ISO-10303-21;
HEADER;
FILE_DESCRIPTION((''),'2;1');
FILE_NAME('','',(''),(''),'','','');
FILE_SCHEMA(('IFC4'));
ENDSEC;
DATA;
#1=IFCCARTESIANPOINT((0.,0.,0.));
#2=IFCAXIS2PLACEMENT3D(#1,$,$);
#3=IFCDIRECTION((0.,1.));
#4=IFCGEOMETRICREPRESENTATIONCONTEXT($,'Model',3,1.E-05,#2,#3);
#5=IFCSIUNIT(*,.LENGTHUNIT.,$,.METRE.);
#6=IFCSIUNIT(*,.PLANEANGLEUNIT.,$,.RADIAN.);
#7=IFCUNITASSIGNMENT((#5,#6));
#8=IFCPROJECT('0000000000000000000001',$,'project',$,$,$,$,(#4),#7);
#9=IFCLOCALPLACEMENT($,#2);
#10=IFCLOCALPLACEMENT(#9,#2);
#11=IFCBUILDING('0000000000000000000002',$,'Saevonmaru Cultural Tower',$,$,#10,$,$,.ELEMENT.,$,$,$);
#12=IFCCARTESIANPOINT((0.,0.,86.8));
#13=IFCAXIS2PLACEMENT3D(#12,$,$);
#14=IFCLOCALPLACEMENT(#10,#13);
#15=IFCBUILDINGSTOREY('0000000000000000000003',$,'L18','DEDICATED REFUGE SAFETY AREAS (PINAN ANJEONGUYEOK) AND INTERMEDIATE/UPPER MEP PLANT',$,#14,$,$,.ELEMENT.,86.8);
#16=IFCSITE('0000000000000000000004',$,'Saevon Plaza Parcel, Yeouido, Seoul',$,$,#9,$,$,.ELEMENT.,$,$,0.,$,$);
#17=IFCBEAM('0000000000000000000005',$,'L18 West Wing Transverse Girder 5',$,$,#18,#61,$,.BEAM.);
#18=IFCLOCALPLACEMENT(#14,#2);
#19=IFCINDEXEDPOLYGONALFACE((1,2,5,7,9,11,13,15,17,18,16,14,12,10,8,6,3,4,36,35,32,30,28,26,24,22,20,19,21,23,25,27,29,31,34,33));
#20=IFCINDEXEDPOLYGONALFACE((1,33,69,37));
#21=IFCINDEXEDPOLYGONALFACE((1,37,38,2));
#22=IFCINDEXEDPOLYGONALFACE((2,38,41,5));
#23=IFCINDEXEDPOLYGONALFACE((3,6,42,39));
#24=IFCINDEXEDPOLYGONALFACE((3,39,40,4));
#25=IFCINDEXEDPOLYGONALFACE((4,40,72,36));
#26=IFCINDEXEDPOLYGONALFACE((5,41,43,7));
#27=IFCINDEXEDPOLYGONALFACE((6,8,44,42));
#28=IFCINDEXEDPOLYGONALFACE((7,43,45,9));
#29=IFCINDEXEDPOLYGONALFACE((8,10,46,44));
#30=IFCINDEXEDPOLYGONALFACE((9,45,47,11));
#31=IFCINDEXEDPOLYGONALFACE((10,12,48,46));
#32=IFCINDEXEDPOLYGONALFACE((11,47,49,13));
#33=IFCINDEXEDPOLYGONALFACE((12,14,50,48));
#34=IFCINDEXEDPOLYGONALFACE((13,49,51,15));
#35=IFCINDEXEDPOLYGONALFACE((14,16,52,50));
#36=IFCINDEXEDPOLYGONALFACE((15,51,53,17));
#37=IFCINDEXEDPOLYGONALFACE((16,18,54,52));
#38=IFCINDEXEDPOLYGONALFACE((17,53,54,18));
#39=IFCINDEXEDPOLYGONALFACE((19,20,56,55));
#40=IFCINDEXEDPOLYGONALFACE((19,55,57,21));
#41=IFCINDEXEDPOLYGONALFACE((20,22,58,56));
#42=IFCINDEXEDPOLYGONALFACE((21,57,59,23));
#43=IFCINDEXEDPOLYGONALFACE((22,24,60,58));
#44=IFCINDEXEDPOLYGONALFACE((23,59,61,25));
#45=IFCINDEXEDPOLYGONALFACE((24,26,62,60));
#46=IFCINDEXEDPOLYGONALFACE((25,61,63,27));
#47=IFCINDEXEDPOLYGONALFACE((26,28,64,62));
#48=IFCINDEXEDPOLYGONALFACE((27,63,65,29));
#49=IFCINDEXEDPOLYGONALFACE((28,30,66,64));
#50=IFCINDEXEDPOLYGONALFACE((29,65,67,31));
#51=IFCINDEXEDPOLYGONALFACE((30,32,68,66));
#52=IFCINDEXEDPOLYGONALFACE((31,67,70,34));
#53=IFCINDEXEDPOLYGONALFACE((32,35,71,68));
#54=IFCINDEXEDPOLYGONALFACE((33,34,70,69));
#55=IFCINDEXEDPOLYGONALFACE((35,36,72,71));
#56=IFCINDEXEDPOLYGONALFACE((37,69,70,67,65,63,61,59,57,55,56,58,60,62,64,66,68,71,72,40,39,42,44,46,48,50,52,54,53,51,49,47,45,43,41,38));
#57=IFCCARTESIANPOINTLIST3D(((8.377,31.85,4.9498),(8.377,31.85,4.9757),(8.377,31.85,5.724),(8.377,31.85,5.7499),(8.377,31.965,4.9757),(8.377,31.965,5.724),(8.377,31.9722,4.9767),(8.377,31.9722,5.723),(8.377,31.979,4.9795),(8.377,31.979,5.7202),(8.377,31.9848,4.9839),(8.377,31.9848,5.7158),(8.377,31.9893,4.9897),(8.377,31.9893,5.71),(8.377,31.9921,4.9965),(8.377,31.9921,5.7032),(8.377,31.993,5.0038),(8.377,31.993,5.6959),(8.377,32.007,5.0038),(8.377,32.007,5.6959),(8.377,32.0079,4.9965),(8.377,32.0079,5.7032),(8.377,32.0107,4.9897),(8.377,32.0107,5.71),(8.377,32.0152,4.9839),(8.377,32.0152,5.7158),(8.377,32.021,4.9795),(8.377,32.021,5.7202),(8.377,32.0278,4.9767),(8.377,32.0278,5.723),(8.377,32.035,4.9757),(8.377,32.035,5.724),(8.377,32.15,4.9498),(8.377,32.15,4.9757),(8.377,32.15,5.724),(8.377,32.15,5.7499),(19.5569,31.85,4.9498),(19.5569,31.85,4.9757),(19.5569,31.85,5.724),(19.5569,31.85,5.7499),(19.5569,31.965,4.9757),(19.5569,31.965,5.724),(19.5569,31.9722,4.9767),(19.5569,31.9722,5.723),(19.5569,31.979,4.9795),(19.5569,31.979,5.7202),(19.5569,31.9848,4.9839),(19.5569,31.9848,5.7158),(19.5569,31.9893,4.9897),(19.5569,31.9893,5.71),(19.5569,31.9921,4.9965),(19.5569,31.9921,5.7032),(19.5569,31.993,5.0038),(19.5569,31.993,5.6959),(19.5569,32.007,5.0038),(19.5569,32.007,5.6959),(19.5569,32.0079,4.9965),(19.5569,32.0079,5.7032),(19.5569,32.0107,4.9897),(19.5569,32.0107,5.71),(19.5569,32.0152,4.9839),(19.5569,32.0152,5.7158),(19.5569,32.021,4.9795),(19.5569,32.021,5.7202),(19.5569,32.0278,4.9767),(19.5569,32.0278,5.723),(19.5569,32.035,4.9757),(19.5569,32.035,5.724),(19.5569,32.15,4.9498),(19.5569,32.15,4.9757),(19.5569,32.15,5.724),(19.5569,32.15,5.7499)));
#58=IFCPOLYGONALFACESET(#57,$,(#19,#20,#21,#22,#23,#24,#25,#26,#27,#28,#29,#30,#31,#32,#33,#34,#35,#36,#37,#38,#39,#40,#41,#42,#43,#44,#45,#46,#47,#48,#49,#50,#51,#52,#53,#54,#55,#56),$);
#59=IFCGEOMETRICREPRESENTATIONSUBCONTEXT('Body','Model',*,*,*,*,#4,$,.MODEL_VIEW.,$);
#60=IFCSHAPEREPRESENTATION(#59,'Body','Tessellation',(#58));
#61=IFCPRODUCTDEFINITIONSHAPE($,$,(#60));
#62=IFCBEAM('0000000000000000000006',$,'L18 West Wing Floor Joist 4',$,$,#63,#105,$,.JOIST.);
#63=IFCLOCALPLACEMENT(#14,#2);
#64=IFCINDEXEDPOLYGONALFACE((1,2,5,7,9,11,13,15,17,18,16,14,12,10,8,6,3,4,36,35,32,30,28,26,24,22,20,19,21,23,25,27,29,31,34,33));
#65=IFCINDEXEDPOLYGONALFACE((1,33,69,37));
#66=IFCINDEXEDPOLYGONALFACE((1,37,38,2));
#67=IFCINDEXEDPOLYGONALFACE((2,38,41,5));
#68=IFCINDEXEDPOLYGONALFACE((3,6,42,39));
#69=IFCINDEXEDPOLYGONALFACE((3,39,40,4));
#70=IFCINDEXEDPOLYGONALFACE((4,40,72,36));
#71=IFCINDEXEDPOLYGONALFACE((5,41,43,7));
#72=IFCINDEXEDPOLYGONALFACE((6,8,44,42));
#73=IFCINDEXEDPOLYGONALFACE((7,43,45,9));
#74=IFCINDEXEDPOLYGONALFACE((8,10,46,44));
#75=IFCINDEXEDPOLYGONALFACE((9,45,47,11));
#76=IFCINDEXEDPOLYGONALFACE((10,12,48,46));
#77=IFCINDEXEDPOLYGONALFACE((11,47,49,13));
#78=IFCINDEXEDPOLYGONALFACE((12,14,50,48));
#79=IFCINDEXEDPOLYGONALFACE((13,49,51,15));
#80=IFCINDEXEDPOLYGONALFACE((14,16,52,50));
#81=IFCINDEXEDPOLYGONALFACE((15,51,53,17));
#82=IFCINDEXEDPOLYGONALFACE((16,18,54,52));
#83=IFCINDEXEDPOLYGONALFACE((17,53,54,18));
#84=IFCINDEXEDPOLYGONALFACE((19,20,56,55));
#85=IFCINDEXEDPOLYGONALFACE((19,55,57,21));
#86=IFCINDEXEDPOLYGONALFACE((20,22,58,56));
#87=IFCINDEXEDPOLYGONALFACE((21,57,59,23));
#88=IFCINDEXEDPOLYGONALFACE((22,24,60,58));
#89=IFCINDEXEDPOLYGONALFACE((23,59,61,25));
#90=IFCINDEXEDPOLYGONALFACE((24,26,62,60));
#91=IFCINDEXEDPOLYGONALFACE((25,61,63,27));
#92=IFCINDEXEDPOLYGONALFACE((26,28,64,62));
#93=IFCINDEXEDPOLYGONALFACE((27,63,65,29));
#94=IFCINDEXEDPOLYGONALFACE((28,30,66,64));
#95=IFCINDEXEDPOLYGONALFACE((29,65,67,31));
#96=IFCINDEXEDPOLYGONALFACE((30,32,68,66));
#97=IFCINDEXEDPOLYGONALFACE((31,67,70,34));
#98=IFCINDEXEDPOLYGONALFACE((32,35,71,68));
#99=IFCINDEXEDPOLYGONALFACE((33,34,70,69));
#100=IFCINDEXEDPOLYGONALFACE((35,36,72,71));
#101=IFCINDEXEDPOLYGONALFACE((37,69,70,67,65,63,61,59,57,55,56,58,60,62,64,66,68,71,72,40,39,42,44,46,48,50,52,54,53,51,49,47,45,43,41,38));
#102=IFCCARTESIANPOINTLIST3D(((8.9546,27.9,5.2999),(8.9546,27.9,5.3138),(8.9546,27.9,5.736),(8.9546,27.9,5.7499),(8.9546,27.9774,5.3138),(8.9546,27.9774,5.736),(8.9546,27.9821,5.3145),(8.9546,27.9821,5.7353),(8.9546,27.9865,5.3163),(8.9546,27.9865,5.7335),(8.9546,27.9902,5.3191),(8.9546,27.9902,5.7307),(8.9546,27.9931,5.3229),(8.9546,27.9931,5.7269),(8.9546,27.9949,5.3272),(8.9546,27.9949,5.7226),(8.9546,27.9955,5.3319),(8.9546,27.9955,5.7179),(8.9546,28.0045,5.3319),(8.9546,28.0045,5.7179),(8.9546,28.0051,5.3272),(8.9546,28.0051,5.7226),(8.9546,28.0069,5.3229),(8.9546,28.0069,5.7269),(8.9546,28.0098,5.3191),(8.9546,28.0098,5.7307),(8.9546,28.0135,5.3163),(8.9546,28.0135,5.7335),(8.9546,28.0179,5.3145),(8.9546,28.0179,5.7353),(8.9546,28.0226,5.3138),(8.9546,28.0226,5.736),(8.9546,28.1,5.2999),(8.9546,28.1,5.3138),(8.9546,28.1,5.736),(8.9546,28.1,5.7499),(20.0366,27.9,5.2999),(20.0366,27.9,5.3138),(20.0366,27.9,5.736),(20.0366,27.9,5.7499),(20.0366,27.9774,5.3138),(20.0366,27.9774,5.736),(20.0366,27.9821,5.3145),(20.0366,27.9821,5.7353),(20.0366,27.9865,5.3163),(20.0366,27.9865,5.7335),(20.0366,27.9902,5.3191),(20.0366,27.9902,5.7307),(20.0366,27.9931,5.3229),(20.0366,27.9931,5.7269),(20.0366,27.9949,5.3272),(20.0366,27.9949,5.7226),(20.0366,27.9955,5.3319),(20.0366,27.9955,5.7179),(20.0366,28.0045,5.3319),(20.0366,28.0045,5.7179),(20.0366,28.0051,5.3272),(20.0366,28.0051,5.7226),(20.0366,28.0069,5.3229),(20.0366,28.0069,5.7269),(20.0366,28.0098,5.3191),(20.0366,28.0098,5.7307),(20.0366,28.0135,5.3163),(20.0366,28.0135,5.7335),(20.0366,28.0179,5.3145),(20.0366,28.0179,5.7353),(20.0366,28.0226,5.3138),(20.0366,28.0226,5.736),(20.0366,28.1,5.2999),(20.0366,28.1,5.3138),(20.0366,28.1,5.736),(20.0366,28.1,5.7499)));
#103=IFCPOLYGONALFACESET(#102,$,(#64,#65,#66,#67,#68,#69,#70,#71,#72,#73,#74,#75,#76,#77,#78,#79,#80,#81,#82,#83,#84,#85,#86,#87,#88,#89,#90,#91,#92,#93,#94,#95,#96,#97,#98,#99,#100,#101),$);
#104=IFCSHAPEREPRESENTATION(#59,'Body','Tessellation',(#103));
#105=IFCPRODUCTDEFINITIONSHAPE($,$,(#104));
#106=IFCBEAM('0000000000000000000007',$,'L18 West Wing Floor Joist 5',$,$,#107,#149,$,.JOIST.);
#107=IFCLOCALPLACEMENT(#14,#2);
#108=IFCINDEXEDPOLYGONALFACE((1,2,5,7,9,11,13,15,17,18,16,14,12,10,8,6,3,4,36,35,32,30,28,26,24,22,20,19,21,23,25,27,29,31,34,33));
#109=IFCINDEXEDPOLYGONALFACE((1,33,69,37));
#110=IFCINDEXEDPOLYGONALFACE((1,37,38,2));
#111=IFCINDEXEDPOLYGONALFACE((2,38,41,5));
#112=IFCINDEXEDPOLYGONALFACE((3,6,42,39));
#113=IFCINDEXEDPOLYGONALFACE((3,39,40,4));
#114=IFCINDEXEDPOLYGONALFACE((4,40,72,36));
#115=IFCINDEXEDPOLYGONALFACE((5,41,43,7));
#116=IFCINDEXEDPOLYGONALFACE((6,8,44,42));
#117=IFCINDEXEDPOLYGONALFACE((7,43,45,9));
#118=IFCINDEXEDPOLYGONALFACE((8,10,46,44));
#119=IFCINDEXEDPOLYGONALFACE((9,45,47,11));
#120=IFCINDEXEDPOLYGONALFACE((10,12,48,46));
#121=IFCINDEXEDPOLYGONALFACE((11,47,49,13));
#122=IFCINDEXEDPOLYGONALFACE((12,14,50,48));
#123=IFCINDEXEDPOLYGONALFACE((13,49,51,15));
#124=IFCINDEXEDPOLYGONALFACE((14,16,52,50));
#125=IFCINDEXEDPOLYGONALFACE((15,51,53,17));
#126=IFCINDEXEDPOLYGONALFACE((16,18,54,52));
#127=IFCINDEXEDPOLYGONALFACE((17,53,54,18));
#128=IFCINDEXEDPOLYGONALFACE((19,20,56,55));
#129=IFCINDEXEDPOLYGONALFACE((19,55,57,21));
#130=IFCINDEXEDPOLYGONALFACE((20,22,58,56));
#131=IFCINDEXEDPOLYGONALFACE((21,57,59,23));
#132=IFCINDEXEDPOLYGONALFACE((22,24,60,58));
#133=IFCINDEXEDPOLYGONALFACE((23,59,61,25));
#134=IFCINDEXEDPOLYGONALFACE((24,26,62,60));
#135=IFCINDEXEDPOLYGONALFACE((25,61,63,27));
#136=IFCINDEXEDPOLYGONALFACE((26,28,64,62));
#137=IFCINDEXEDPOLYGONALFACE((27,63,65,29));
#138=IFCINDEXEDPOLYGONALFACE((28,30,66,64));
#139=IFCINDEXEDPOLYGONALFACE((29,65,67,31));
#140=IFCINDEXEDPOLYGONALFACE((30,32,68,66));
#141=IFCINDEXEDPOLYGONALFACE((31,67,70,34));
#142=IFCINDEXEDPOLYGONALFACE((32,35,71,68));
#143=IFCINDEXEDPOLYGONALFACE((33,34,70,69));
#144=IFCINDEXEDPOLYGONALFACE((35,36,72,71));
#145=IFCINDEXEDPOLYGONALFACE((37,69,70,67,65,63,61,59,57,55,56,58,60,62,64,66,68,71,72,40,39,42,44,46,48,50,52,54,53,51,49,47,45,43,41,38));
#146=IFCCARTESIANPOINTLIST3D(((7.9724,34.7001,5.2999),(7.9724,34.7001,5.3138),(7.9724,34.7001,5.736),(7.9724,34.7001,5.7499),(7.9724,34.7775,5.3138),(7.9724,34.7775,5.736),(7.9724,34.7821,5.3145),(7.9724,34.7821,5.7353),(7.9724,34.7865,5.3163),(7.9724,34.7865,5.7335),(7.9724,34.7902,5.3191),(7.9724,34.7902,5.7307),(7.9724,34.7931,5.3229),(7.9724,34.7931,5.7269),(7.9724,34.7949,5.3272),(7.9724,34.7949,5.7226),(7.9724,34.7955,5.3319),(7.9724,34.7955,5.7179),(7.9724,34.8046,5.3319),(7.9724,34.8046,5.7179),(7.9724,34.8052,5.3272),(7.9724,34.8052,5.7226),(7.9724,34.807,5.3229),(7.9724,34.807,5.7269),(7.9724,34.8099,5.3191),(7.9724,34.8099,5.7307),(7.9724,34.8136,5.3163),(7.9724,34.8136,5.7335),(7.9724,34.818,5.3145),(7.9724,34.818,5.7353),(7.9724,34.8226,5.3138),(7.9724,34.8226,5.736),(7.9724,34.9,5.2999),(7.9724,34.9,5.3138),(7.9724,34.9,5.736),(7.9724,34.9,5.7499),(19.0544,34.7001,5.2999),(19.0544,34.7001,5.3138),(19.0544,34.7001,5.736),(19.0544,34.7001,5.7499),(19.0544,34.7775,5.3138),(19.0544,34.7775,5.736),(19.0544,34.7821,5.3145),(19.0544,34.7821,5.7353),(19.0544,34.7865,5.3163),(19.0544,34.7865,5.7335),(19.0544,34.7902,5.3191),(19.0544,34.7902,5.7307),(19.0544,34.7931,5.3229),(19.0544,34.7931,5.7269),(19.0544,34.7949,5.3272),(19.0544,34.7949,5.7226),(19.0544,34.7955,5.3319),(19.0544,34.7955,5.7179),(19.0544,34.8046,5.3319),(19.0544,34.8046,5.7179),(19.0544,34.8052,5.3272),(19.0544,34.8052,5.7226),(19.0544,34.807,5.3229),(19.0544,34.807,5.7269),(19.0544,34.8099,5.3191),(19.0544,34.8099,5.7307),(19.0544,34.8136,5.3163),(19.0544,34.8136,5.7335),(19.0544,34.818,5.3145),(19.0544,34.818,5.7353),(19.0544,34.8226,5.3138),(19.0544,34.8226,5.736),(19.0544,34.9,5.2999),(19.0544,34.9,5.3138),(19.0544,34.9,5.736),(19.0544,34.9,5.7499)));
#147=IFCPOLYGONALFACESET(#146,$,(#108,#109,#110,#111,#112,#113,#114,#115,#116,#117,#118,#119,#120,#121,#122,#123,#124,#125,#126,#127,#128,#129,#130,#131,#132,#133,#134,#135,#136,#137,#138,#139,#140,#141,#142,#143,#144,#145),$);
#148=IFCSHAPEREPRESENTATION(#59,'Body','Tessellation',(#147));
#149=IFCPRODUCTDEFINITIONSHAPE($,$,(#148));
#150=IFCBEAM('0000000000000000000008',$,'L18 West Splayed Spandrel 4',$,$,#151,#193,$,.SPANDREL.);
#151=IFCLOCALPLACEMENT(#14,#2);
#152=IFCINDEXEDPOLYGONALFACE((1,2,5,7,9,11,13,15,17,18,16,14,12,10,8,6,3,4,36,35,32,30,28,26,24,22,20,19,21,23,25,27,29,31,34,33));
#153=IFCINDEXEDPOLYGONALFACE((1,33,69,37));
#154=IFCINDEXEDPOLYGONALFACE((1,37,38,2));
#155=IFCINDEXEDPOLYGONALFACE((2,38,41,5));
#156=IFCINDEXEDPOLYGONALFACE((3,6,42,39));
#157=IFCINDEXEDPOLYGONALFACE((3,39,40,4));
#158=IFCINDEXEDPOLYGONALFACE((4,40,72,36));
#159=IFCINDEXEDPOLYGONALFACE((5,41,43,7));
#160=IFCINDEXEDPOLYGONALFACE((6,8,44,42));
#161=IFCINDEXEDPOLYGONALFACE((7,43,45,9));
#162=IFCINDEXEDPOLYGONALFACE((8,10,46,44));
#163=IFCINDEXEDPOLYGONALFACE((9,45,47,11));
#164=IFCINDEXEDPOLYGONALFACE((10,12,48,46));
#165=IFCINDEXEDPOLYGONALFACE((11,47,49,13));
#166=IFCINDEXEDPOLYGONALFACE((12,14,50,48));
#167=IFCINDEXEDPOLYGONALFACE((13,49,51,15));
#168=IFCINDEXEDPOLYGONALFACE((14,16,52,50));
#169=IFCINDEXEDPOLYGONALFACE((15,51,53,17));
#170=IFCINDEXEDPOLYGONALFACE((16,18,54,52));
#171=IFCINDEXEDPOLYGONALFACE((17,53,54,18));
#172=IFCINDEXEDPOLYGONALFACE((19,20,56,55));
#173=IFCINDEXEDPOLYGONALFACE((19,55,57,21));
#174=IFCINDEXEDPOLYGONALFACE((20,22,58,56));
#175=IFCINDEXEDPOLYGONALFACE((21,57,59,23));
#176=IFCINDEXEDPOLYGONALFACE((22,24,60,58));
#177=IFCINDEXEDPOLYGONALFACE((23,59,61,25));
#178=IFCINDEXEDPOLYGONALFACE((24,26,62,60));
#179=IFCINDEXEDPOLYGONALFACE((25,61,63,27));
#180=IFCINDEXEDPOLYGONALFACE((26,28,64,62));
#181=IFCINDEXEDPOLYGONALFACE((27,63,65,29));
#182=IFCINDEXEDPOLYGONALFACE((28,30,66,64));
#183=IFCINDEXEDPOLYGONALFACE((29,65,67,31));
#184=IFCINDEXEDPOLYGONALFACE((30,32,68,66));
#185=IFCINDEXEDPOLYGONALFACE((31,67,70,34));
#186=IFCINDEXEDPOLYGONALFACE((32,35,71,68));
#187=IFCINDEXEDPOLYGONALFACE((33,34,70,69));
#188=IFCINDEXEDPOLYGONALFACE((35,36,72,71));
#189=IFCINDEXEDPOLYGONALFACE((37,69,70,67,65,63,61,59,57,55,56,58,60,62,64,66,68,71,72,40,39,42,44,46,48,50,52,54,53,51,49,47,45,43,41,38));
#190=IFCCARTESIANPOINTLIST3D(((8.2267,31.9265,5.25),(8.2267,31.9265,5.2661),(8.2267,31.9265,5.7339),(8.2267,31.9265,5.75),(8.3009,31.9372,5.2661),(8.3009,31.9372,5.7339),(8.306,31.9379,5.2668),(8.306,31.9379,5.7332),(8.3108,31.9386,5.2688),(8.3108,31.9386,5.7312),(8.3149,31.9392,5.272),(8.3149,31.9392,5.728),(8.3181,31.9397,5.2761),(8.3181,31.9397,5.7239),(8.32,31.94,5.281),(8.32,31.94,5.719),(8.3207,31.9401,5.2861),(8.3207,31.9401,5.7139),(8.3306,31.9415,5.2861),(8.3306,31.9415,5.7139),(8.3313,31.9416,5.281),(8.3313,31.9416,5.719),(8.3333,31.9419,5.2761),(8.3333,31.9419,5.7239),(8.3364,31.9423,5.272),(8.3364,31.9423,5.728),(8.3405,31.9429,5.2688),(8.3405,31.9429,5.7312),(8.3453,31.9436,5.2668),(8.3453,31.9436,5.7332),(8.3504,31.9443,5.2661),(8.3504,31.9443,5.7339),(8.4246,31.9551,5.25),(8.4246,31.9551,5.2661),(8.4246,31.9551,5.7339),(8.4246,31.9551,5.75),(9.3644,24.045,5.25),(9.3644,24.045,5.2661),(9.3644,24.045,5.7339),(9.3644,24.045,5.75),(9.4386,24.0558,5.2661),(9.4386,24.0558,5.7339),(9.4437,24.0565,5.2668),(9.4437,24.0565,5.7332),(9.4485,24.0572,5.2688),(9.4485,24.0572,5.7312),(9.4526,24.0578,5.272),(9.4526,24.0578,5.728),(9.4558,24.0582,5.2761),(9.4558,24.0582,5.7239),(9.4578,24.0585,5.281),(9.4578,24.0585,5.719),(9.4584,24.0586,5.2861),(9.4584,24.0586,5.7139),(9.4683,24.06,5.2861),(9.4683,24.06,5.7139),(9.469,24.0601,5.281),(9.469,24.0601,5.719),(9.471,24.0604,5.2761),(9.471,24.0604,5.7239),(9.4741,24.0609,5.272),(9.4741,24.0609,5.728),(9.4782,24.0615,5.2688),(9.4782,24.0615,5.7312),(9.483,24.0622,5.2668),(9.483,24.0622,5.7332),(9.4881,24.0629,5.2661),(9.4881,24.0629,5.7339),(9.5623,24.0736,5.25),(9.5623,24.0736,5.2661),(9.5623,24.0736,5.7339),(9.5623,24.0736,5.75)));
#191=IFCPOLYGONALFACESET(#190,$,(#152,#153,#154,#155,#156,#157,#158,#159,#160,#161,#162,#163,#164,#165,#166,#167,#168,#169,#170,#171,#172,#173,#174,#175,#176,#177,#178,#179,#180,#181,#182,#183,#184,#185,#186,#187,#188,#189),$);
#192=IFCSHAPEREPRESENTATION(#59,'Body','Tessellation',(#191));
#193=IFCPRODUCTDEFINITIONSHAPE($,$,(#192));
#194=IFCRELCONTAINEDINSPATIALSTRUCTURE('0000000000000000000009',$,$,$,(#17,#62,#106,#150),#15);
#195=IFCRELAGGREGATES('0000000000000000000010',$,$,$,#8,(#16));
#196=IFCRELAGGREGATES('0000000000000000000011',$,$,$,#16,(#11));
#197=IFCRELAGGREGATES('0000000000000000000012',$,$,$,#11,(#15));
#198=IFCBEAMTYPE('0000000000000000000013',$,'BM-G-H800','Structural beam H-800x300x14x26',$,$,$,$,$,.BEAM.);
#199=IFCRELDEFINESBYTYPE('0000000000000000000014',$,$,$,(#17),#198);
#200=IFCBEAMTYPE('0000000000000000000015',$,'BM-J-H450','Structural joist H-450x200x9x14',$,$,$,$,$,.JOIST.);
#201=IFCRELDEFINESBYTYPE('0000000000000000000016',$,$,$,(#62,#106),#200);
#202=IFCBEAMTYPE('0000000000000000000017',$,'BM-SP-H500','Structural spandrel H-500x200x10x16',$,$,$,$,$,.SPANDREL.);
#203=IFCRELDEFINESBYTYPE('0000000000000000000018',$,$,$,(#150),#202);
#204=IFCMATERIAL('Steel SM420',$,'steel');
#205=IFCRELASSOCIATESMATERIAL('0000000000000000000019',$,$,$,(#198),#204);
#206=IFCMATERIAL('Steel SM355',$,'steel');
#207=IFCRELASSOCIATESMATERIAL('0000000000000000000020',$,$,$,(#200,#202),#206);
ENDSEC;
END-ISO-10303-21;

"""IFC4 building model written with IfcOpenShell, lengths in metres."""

from ifc_helpers import new_model, si_unit, direction, frame, origin, origin_2d, place, context, subcontext, project, spatial, i_section, extrude, material, material_profile, profile_set, type_object, element, save


model = new_model("IFC4")

# Units and contexts
model_context = context("Model", 3, precision=1e-05, world=origin(), true_north=direction((0.0, 1.0)))
body_context = subcontext(model_context, "Body", "Model", "MODEL_VIEW")
ifc_project = project(units=[si_unit("LENGTHUNIT", "METRE"), si_unit("PLANEANGLEUNIT", "RADIAN")], contexts=[model_context])

# Site, building, storey
site_placement = place(None, origin())
site = spatial("IfcSite", under=ifc_project, at=site_placement, Name="Saevon Plaza Parcel, Yeouido, Seoul", CompositionType="ELEMENT", RefElevation=0.0)
building_placement = place(site_placement, origin())
building = spatial("IfcBuilding", under=site, at=building_placement, Name="Saevonmaru Cultural Tower", CompositionType="ELEMENT")
storey_placement = place(building_placement, frame((0.0, 0.0, 86.8)))
storey = spatial("IfcBuildingStorey", under=building, at=storey_placement, Name="L18", Description="DEDICATED REFUGE SAFETY AREAS (PINAN ANJEONGUYEOK) AND INTERMEDIATE/UPPER MEP PLANT", CompositionType="ELEMENT", Elevation=86.8)

# Shared definitions
ifc_material_1 = material(Name="Steel SM420", Category="steel")

# Beams
ifc_material_profile_1 = material_profile(ifc_material_1, i_section(OverallWidth=0.3, OverallDepth=0.8, WebThickness=0.0139, FlangeThickness=0.0259, FilletRadius=0.0281, at=origin_2d()), Name="H-800x300x14x26")
ifc_profile_set_1 = profile_set([ifc_material_profile_1], Name="Steel SM420")
beam_type_1 = type_object("IfcBeamType", Name="BM-G-H800", Description="Structural beam H-800x300x14x26", PredefinedType="BEAM", material=ifc_profile_set_1)
for number, where, z_axis, x_axis, name in (
    (1, (8.377, 32.0, 5.3499), (1.0, 0.0, 0.0), (0.0, 1.0, 0.0), "L18 West Wing Transverse Girder 5"),
):
    element("IfcBeam", number, at=place(storey_placement, frame(where, z_axis=z_axis, x_axis=x_axis)), inside=storey, type_object=beam_type_1, Name=name, PredefinedType="BEAM", context=body_context, shape_type="SweptSolid", body=[
        extrude(i_section(OverallWidth=0.3, OverallDepth=0.8, WebThickness=0.0139, FlangeThickness=0.0259, FilletRadius=0.0281, at=origin_2d()), origin(), (0.0, 0.0, 1.0), 11.1799),
    ])
ifc_material_2 = material(Name="Steel SM355", Category="steel")
ifc_material_profile_2 = material_profile(ifc_material_2, i_section(OverallWidth=0.2, OverallDepth=0.45, WebThickness=0.009, FlangeThickness=0.0139, FilletRadius=0.0181, at=origin_2d()), Name="H-450x200x9x14")
ifc_profile_set_2 = profile_set([ifc_material_profile_2], Name="Steel SM355")
beam_type_2 = type_object("IfcBeamType", Name="BM-J-H450", Description="Structural joist H-450x200x9x14", PredefinedType="JOIST", material=ifc_profile_set_2)
for number, where, z_axis, x_axis, name in (
    (2, (8.9546, 28.0, 5.5249), (1.0, 0.0, 0.0), (0.0, 1.0, 0.0), "L18 West Wing Floor Joist 4"),
    (3, (7.9724, 34.8, 5.5249), (1.0, 0.0, 0.0), (0.0, 1.0, 0.0), "L18 West Wing Floor Joist 5"),
):
    element("IfcBeam", number, at=place(storey_placement, frame(where, z_axis=z_axis, x_axis=x_axis)), inside=storey, type_object=beam_type_2, Name=name, PredefinedType="JOIST", context=body_context, shape_type="SweptSolid", body=[
        extrude(i_section(OverallWidth=0.2, OverallDepth=0.45, WebThickness=0.009, FlangeThickness=0.0139, FilletRadius=0.0181, at=origin_2d()), origin(), (0.0, 0.0, 1.0), 11.082),
    ])
ifc_material_profile_3 = material_profile(ifc_material_2, i_section(OverallWidth=0.2, OverallDepth=0.5, WebThickness=0.01, FlangeThickness=0.0161, FilletRadius=0.02, at=origin_2d()), Name="H-500x200x10x16")
ifc_profile_set_3 = profile_set([ifc_material_profile_3], Name="Steel SM355")
beam_type_3 = type_object("IfcBeamType", Name="BM-SP-H500", Description="Structural spandrel H-500x200x10x16", PredefinedType="SPANDREL", material=ifc_profile_set_3)
beam_1_placement = place(storey_placement, frame((9.4634, 24.0593, 5.5), z_axis=(-0.142872, 0.989741, 0.0), x_axis=(-0.989741, -0.142872, 0.0)))
element("IfcBeam", 4, at=beam_1_placement, inside=storey, type_object=beam_type_3, Name="L18 West Splayed Spandrel 4", PredefinedType="SPANDREL", context=body_context, shape_type="SweptSolid", body=[
    extrude(i_section(OverallWidth=0.2, OverallDepth=0.5, WebThickness=0.01, FlangeThickness=0.0161, FilletRadius=0.02, at=origin_2d()), origin(), (0.0, 0.0, 1.0), 7.9631),
])

save(model, "model.ifc")
